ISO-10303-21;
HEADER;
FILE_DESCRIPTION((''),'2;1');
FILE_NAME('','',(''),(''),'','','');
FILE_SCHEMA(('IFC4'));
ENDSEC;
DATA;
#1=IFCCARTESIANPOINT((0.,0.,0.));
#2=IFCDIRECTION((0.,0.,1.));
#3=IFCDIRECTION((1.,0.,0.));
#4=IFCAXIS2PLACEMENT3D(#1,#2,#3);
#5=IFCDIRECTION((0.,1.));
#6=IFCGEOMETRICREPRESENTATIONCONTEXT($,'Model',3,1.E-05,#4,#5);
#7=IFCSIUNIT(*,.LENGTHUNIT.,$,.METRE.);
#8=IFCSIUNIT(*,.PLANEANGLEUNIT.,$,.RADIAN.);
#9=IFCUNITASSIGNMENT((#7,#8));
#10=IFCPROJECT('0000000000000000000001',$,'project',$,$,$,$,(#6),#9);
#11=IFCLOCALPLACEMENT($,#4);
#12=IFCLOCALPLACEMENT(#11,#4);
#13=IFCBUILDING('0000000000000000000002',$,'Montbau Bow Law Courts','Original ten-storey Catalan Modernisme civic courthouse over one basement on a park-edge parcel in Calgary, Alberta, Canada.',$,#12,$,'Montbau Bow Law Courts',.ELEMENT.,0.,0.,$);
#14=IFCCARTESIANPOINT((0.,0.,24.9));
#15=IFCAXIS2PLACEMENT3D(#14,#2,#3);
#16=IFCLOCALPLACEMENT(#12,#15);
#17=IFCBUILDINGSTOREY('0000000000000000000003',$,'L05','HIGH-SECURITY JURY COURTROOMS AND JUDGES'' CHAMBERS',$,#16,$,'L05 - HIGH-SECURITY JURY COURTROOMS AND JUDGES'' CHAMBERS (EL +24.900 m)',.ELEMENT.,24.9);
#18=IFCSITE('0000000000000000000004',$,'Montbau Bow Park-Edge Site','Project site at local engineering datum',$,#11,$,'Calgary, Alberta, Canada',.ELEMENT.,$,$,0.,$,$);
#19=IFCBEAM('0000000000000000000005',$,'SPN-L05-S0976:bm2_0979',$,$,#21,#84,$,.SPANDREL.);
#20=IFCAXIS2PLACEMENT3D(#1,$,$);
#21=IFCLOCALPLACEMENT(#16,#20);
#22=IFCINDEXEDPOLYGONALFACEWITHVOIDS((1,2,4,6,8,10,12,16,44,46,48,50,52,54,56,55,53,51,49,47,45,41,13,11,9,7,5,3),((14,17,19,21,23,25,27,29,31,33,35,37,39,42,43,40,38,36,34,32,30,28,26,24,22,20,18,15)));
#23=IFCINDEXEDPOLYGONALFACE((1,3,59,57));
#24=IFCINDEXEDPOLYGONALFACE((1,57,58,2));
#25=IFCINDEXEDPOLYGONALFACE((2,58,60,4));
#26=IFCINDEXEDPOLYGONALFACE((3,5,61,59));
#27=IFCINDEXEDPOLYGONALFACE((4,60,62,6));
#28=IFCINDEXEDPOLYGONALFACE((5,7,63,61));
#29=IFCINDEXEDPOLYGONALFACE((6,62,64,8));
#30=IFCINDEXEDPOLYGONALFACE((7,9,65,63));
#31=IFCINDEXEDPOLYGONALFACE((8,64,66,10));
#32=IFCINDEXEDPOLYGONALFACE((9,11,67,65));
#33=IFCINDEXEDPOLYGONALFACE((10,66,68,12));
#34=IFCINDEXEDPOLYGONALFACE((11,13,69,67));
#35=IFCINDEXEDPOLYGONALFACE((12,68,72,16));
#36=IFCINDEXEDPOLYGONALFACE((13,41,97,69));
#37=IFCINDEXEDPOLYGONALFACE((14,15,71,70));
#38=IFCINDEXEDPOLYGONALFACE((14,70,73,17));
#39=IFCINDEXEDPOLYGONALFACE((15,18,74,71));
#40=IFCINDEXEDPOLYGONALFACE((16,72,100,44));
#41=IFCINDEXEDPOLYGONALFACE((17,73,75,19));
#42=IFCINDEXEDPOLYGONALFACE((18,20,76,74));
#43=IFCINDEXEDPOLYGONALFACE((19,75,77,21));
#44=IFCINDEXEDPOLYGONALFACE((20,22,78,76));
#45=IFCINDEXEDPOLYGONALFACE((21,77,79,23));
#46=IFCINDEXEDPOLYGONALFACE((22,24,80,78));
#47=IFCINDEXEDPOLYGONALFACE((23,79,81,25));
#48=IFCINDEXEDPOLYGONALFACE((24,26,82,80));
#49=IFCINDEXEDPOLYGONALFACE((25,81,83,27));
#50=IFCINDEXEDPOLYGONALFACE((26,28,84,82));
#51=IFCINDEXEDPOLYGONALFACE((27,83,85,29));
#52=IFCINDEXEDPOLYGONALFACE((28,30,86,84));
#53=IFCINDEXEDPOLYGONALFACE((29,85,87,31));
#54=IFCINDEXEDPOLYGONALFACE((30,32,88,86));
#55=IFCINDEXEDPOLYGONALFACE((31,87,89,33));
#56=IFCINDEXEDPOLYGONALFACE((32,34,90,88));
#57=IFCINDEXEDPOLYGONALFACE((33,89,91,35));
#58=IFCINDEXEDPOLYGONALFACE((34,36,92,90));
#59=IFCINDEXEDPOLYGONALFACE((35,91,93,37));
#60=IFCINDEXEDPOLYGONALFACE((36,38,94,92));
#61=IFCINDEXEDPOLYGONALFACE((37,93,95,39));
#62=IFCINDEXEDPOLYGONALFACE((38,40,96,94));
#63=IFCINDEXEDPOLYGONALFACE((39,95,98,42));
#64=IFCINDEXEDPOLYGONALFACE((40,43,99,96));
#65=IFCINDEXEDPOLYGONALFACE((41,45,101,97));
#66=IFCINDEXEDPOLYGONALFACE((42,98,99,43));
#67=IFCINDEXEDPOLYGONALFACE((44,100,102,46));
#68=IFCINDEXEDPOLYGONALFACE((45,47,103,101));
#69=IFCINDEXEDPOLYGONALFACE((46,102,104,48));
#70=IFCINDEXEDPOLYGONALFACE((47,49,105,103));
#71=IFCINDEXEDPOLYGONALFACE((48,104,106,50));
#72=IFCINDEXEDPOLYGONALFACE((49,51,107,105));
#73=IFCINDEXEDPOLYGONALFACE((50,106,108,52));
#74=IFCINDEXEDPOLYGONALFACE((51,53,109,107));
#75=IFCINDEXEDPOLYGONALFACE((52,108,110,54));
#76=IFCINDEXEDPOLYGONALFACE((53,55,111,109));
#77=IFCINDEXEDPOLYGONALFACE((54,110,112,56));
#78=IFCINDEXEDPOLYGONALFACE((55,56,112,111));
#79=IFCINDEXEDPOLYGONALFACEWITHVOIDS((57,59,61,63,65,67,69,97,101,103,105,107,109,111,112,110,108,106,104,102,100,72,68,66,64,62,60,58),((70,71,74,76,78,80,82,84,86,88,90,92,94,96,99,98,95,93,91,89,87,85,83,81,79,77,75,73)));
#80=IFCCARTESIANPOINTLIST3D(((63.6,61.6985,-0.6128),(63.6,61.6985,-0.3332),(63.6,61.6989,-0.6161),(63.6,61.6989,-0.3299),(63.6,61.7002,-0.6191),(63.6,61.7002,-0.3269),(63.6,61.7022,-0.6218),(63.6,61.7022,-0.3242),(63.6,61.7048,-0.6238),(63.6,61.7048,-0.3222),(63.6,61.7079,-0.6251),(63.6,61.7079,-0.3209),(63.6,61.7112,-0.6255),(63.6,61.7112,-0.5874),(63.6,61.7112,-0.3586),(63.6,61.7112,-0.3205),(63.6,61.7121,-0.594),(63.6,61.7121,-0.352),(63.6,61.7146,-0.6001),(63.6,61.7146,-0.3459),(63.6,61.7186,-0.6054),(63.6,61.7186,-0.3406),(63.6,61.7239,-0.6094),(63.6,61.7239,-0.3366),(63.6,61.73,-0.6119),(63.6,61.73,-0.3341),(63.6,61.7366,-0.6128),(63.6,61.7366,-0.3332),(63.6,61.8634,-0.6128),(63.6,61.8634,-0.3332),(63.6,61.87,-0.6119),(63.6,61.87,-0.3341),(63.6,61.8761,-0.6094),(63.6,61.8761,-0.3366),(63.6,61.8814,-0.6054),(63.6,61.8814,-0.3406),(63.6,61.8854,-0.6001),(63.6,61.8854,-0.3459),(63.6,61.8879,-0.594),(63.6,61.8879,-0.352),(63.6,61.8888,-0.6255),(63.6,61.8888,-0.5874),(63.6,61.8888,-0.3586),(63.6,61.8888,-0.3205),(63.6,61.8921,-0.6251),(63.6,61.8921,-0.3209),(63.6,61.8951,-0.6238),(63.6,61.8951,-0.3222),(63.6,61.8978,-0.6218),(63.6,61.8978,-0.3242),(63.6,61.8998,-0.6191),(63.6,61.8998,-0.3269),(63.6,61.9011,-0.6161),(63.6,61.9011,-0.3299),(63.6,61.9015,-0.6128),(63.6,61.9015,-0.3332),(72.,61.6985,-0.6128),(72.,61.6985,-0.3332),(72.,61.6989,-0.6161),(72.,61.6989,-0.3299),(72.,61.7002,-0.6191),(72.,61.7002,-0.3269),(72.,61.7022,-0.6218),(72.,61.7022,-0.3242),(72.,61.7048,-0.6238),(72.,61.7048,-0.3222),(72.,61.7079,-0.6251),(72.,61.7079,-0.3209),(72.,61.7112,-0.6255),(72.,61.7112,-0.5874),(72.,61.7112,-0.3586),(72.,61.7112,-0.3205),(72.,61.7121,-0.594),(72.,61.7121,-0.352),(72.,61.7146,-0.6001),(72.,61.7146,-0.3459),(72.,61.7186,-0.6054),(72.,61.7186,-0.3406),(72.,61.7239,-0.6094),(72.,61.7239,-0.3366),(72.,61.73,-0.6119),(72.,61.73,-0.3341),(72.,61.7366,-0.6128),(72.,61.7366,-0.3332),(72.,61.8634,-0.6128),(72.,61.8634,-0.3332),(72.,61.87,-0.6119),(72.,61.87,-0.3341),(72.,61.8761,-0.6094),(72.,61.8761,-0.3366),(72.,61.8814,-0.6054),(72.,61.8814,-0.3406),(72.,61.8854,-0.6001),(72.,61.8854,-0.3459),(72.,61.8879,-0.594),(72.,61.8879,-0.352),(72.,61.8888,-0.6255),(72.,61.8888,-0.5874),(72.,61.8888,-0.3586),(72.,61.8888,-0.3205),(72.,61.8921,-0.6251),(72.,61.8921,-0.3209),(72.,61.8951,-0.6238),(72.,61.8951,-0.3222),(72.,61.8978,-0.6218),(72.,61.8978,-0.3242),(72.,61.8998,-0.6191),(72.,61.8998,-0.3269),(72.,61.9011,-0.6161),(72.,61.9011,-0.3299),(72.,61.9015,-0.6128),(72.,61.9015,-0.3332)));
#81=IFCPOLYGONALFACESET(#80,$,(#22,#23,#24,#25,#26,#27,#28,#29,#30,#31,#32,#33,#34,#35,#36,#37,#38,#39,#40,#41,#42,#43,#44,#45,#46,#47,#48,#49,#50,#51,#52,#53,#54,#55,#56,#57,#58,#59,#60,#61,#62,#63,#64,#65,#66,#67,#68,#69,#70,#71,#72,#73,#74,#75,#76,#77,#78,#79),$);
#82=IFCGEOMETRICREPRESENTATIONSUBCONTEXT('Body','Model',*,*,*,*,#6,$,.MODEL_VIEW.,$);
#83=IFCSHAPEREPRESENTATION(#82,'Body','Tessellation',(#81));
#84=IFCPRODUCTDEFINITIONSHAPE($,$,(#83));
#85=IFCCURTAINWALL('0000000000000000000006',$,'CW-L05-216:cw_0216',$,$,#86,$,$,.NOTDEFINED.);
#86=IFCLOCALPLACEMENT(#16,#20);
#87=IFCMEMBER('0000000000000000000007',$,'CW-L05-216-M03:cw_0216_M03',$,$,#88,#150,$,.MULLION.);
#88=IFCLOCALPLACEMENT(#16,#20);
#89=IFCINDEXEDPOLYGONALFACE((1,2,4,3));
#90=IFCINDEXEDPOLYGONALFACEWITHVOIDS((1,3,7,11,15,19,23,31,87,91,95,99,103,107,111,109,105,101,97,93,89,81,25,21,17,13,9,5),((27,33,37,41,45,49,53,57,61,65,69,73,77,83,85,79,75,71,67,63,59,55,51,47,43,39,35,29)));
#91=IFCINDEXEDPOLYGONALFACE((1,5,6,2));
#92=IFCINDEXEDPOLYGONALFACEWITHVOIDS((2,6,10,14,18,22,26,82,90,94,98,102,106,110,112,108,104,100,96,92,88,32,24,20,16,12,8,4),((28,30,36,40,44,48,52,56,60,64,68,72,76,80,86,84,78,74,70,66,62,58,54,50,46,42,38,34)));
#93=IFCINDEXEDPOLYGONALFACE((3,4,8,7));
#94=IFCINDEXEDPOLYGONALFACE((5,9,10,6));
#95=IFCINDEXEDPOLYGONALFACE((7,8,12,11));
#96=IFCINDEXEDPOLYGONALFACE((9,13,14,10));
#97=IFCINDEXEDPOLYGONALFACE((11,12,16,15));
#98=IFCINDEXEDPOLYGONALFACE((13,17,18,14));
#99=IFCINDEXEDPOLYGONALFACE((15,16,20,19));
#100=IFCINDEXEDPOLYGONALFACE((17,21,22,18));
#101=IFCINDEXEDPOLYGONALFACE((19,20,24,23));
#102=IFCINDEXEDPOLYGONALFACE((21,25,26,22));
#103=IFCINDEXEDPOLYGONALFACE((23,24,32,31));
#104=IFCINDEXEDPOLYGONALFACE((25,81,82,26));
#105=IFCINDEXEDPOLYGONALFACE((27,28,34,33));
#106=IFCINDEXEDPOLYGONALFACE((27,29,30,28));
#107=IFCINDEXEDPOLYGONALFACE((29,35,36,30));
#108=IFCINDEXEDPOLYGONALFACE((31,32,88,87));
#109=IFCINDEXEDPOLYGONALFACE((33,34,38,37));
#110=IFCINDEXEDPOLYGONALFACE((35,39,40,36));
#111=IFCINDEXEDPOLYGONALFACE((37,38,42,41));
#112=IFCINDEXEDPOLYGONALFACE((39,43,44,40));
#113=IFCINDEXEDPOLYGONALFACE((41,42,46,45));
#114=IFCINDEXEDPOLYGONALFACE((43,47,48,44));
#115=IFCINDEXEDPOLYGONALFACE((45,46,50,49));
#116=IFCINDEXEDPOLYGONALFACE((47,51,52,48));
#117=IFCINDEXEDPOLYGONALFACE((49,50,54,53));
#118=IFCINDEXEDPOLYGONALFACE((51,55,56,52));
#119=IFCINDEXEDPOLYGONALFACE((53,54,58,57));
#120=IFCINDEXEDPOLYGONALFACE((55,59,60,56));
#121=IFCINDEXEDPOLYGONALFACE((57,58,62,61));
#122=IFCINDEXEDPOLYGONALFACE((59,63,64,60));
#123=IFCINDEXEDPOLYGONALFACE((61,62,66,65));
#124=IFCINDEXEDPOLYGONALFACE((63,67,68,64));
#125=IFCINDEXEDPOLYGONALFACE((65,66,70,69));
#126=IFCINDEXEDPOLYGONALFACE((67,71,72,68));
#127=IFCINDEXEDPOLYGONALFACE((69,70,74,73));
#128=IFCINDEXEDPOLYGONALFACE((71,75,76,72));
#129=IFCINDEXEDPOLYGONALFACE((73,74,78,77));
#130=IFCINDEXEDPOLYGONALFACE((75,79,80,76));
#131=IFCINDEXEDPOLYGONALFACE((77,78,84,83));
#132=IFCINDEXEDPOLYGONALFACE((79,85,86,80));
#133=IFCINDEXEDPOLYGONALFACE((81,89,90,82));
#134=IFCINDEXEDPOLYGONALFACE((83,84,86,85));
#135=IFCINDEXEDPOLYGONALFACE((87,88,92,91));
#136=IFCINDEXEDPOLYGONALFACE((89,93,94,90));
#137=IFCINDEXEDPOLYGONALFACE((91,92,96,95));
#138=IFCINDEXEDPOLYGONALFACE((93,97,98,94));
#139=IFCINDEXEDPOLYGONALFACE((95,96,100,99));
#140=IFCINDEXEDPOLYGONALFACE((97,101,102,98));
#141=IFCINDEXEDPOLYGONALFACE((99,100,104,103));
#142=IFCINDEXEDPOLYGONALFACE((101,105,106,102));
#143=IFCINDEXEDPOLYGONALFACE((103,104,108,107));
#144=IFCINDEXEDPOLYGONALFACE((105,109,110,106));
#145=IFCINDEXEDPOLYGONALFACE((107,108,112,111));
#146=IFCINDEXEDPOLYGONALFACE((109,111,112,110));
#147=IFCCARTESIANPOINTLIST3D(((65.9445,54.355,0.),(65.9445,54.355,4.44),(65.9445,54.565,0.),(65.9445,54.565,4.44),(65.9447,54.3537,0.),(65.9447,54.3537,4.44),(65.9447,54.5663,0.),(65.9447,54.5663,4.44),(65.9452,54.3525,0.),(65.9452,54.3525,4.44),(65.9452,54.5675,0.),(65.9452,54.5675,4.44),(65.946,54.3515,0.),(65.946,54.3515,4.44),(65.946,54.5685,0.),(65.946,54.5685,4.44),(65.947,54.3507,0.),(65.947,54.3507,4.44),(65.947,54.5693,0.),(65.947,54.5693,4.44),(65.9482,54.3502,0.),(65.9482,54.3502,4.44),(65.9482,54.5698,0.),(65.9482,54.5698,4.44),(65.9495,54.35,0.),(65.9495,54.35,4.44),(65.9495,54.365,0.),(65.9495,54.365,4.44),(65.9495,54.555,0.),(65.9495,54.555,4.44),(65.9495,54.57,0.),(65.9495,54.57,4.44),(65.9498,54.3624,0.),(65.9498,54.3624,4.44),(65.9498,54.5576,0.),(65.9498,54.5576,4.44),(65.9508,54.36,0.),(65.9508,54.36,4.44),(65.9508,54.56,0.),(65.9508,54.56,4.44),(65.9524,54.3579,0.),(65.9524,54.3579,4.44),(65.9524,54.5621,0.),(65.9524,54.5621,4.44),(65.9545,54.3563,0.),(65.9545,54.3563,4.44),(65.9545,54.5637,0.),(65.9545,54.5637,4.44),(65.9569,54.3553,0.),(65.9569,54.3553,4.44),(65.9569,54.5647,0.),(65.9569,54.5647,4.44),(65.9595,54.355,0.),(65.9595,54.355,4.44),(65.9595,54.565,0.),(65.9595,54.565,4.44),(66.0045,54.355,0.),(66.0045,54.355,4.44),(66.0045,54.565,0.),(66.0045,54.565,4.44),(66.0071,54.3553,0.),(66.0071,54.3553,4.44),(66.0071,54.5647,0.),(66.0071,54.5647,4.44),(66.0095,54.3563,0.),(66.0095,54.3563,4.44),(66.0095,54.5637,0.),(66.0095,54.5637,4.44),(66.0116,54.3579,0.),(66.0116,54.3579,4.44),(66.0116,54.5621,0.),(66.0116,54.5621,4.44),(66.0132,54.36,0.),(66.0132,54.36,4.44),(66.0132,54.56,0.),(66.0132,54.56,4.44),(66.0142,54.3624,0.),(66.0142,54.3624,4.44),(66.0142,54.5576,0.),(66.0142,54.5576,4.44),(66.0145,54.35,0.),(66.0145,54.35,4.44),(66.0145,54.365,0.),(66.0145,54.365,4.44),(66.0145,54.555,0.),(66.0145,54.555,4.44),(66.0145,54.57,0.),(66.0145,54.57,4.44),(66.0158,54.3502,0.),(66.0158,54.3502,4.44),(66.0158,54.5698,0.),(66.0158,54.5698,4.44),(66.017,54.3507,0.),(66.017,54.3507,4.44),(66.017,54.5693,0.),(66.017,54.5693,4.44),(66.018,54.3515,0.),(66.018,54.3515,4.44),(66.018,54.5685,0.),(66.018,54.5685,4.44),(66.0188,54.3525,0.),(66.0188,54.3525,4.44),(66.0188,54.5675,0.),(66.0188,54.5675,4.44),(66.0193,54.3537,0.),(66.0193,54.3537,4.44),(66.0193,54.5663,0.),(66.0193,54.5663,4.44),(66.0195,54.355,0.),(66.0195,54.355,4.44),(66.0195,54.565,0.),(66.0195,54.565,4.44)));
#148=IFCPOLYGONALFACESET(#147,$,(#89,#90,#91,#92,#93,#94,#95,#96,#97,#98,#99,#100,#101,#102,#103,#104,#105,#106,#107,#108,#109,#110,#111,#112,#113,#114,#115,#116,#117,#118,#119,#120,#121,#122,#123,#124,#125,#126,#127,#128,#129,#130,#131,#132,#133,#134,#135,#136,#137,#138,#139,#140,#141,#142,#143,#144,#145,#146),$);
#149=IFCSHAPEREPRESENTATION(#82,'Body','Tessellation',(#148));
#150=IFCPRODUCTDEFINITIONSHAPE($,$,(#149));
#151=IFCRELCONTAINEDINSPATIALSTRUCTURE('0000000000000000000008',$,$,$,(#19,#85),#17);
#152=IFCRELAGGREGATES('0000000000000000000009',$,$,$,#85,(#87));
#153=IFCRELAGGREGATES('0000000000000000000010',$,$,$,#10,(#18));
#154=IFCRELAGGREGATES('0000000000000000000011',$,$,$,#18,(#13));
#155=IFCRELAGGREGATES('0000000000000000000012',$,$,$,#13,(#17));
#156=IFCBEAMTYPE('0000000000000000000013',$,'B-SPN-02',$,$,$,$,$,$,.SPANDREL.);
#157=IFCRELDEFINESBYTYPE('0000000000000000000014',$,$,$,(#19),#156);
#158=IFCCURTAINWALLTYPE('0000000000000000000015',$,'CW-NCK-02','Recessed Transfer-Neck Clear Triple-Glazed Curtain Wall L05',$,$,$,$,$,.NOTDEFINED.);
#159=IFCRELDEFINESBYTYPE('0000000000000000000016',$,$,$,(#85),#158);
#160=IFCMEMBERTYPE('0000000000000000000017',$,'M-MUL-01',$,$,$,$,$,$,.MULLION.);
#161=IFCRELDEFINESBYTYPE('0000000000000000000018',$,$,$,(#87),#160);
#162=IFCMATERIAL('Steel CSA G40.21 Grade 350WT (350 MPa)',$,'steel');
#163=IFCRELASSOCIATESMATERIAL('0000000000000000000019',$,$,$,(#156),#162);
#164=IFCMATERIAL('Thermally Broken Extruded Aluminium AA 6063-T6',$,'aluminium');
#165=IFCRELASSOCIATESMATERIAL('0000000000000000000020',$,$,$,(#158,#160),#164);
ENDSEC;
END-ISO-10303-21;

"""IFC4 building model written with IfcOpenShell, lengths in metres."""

from ifc_helpers import new_model, si_unit, direction, frame, origin_with_axes, origin_2d_with_axis, place, context, subcontext, project, spatial, hollow_rectangle, extrude, material, material_profile, profile_set, type_object, element, aggregate, save


model = new_model("IFC4")

# Units and contexts
model_context = context("Model", 3, precision=1e-05, world=origin_with_axes(), true_north=direction((0.0, 1.0)))
body_context = subcontext(model_context, "Body", "Model", "MODEL_VIEW")
ifc_project = project(units=[si_unit("LENGTHUNIT", "METRE"), si_unit("PLANEANGLEUNIT", "RADIAN")], contexts=[model_context])

# Site, building, storey
site_placement = place(None, origin_with_axes())
site = spatial("IfcSite", under=ifc_project, at=site_placement, Name="Montbau Bow Park-Edge Site", Description="Project site at local engineering datum", LongName="Calgary, Alberta, Canada", CompositionType="ELEMENT", RefElevation=0.0)
building_placement = place(site_placement, origin_with_axes())
building = spatial("IfcBuilding", under=site, at=building_placement, Name="Montbau Bow Law Courts", Description="Original ten-storey Catalan Modernisme civic courthouse over one basement on a park-edge parcel in Calgary, Alberta, Canada.", LongName="Montbau Bow Law Courts", CompositionType="ELEMENT", ElevationOfRefHeight=0.0, ElevationOfTerrain=0.0)
storey_placement = place(building_placement, frame((0.0, 0.0, 24.9), z_axis=(0.0, 0.0, 1.0), x_axis=(1.0, 0.0, 0.0)))
storey = spatial("IfcBuildingStorey", under=building, at=storey_placement, Name="L05", Description="HIGH-SECURITY JURY COURTROOMS AND JUDGES' CHAMBERS", LongName="L05 - HIGH-SECURITY JURY COURTROOMS AND JUDGES' CHAMBERS (EL +24.900 m)", CompositionType="ELEMENT", Elevation=24.9)

# Shared definitions
ifc_material_1 = material(Name="Steel CSA G40.21 Grade 350WT (350 MPa)", Category="steel")

# Beam
ifc_material_profile_1 = material_profile(ifc_material_1, hollow_rectangle(XDim=0.203, YDim=0.305, WallThickness=0.0127, InnerFilletRadius=0.0254, OuterFilletRadius=0.0127, at=origin_2d_with_axis()), Name="HSS305X203X13", Category="Main", Priority=0)
ifc_profile_set_1 = profile_set([ifc_material_profile_1], Name="Steel CSA G40.21 Grade 350WT (350 MPa)")
beam_type_1 = type_object("IfcBeamType", Name="B-SPN-02", PredefinedType="SPANDREL", material=ifc_profile_set_1)
beam_1_placement = place(None, frame((63.6, 61.8, 24.427), z_axis=(1.0, 0.0, 0.0), x_axis=(0.0, 1.0, 0.0)))
element("IfcBeam", 1, at=beam_1_placement, inside=storey, type_object=beam_type_1, Name="SPN-L05-S0976:bm2_0979", PredefinedType="SPANDREL", context=body_context, shape_type="SweptSolid", body=[
    extrude(hollow_rectangle(XDim=0.203, YDim=0.305, WallThickness=0.0127, InnerFilletRadius=0.0254, OuterFilletRadius=0.0127, at=origin_2d_with_axis()), origin_with_axes(), (0.0, 0.0, 1.0), 8.4),
])

# Curtain wall, member
ifc_material_2 = material(Name="Thermally Broken Extruded Aluminium AA 6063-T6", Category="aluminium")
curtain_wall_type = type_object("IfcCurtainWallType", Name="CW-NCK-02", Description="Recessed Transfer-Neck Clear Triple-Glazed Curtain Wall L05", PredefinedType="NOTDEFINED", material=ifc_material_2)
curtain_wall_1_placement = place(None, frame((63.868, 54.46, 24.9), z_axis=(0.0, 0.0, 1.0), x_axis=(1.0, 0.0, 0.0)))
curtain_wall_1 = element("IfcCurtainWall", 2, at=curtain_wall_1_placement, inside=storey, type_object=curtain_wall_type, Name="CW-L05-216:cw_0216", PredefinedType="NOTDEFINED")
ifc_material_profile_2 = material_profile(ifc_material_2, hollow_rectangle(XDim=0.075, YDim=0.22, WallThickness=0.005, InnerFilletRadius=0.01, OuterFilletRadius=0.005, at=origin_2d_with_axis()), Name="CWM-220X75", Category="Main", Priority=0)
ifc_profile_set_2 = profile_set([ifc_material_profile_2], Name="Thermally Broken Extruded Aluminium AA 6063-T6")
member_type_1 = type_object("IfcMemberType", Name="M-MUL-01", PredefinedType="MULLION", material=ifc_profile_set_2)
member_1_placement = place(None, frame((65.982, 54.46, 24.9), z_axis=(0.0, 0.0, 1.0), x_axis=(1.0, 0.0, 0.0)))
member_1 = element("IfcMember", 3, at=member_1_placement, type_object=member_type_1, Name="CW-L05-216-M03:cw_0216_M03", PredefinedType="MULLION", context=body_context, shape_type="SweptSolid", body=[
    extrude(hollow_rectangle(XDim=0.075, YDim=0.22, WallThickness=0.005, InnerFilletRadius=0.01, OuterFilletRadius=0.005, at=origin_2d_with_axis()), origin_with_axes(), (0.0, 0.0, 1.0), 4.44),
])

aggregate(curtain_wall_1, [member_1])

save(model, "model.ifc")
